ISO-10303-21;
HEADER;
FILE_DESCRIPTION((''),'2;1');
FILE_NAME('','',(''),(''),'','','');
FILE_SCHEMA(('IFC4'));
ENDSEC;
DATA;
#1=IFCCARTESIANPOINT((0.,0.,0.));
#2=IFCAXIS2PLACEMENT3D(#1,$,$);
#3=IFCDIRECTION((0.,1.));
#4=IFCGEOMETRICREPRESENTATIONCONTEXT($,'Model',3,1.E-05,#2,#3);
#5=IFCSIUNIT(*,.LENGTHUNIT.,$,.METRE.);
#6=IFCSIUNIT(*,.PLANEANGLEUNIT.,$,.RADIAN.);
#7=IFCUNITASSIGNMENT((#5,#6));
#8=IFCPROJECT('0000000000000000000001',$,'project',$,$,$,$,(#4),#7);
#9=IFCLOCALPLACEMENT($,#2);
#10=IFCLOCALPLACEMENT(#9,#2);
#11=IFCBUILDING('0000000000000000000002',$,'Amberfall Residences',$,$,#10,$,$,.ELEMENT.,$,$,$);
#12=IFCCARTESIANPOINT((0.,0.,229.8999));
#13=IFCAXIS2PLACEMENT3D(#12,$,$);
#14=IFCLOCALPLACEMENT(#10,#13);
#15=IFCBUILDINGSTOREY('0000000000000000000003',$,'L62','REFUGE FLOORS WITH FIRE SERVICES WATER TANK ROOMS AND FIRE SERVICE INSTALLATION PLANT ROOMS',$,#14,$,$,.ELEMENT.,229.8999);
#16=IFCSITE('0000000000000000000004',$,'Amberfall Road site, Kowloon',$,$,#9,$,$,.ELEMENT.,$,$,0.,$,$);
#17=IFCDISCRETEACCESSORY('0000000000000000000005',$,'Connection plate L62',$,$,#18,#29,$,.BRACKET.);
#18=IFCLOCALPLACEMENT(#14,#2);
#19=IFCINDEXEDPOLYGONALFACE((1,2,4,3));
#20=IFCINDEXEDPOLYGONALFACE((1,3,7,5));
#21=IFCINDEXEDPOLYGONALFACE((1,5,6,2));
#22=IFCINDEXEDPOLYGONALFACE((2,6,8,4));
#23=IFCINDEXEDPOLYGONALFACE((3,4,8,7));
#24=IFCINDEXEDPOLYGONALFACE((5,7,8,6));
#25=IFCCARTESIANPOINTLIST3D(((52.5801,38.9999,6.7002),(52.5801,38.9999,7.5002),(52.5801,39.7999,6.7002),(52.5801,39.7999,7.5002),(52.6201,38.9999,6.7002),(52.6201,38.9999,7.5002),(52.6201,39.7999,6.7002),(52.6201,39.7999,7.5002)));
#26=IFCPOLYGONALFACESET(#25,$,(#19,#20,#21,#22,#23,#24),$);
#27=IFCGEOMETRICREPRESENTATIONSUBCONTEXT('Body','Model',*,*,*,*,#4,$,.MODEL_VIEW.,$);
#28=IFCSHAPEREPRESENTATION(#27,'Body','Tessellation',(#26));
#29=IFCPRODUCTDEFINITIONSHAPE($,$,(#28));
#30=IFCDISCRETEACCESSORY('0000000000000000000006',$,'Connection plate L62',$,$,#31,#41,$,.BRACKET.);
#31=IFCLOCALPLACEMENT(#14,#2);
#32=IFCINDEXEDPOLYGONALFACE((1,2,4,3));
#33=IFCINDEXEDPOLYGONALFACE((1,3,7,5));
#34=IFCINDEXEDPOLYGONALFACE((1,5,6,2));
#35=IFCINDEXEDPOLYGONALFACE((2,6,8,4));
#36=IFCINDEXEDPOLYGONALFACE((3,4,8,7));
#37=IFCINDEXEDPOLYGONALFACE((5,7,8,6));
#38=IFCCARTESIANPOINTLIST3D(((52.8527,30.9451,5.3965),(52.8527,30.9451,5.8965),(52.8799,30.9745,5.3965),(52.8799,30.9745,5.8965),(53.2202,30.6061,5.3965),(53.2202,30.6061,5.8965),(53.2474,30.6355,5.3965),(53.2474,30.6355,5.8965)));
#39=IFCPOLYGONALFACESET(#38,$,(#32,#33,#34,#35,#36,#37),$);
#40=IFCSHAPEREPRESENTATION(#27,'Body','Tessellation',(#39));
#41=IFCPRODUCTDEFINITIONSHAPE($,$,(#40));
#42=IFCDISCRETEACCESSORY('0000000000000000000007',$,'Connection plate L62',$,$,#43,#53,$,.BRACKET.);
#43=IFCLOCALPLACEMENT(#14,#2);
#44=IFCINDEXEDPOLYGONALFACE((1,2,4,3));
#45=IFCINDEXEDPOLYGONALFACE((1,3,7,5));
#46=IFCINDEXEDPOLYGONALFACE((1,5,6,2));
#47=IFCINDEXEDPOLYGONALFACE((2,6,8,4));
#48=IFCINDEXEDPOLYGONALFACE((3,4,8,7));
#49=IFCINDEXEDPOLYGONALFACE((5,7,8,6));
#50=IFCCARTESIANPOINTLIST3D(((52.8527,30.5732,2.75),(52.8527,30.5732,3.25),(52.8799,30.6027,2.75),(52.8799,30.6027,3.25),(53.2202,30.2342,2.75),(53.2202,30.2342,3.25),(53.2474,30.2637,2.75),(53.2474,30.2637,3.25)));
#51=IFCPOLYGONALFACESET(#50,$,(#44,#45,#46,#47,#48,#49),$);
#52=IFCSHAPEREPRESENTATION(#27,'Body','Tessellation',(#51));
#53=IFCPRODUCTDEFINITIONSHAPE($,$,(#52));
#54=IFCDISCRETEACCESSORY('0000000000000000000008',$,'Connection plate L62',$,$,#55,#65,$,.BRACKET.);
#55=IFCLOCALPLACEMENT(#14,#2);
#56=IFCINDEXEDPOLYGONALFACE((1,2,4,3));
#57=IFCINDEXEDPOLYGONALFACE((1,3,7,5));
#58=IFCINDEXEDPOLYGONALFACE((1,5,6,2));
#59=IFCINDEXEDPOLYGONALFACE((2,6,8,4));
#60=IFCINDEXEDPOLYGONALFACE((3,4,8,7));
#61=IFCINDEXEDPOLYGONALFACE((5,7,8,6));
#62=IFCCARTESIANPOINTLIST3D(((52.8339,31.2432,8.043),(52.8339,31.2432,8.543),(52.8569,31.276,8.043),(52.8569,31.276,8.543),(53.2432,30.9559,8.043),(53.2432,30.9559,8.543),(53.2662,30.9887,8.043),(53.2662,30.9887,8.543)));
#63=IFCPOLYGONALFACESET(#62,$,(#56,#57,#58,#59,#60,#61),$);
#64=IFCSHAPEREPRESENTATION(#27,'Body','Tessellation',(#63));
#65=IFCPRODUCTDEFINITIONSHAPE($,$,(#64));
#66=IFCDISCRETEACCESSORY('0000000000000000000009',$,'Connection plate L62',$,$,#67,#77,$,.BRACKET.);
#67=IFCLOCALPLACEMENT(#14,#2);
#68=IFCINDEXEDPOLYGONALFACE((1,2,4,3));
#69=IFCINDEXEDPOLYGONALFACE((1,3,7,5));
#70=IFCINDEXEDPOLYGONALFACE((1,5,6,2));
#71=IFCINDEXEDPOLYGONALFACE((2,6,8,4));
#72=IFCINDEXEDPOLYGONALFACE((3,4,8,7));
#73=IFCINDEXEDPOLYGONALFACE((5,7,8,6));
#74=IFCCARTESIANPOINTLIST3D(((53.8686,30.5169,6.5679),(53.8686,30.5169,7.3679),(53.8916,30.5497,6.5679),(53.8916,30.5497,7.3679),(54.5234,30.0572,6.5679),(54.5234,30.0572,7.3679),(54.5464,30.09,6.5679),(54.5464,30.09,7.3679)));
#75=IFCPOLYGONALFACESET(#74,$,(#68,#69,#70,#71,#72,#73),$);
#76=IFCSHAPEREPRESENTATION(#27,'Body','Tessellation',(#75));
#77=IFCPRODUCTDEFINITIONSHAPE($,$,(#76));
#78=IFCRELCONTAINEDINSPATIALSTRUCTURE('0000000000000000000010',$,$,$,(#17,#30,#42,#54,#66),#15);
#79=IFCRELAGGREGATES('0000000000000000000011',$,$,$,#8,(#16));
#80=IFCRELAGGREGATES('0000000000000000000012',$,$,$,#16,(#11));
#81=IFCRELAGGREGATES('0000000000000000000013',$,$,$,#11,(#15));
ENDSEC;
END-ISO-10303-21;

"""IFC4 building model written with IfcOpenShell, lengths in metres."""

from ifc_helpers import new_model, si_unit, direction, frame, origin, origin_2d, place, context, subcontext, project, spatial, rectangle, extrude, element, save


model = new_model("IFC4")

# Units and contexts
model_context = context("Model", 3, precision=1e-05, world=origin(), true_north=direction((0.0, 1.0)))
body_context = subcontext(model_context, "Body", "Model", "MODEL_VIEW")
ifc_project = project(units=[si_unit("LENGTHUNIT", "METRE"), si_unit("PLANEANGLEUNIT", "RADIAN")], contexts=[model_context])

# Site, building, storey
site_placement = place(None, origin())
site = spatial("IfcSite", under=ifc_project, at=site_placement, Name="Amberfall Road site, Kowloon", CompositionType="ELEMENT", RefElevation=0.0)
building_placement = place(site_placement, origin())
building = spatial("IfcBuilding", under=site, at=building_placement, Name="Amberfall Residences", CompositionType="ELEMENT")
storey_placement = place(building_placement, frame((0.0, 0.0, 229.8999)))
storey = spatial("IfcBuildingStorey", under=building, at=storey_placement, Name="L62", Description="REFUGE FLOORS WITH FIRE SERVICES WATER TANK ROOMS AND FIRE SERVICE INSTALLATION PLANT ROOMS", CompositionType="ELEMENT", Elevation=229.8999)

# Discrete accessories
discrete_accessory_1_placement = place(storey_placement, frame((52.6001, 39.3999, 6.7002), z_axis=(0.0, 0.0, 1.0), x_axis=(0.0, 1.0, 0.0)))
element("IfcDiscreteAccessory", 1, at=discrete_accessory_1_placement, inside=storey, Name="Connection plate L62", PredefinedType="BRACKET", context=body_context, shape_type="SweptSolid", body=[
    extrude(rectangle(XDim=0.8, YDim=0.04, at=origin_2d()), origin(), (0.0, 0.0, 1.0), 0.8),
])
for number, where, z_axis, x_axis, name in (
    (2, (53.05, 30.7903, 5.3965), (0.0, 0.0, 1.0), (-0.735068, 0.677993, 0.0), "Connection plate L62"),
    (3, (53.05, 30.4185, 2.75), (0.0, 0.0, 1.0), (-0.735068, 0.677993, 0.0), "Connection plate L62"),
    (4, (53.05, 31.116, 8.043), (0.0, 0.0, 1.0), (-0.818441, 0.574591, 0.0), "Connection plate L62"),
):
    element("IfcDiscreteAccessory", number, at=place(storey_placement, frame(where, z_axis=z_axis, x_axis=x_axis)), inside=storey, Name=name, PredefinedType="BRACKET", context=body_context, shape_type="SweptSolid", body=[
        extrude(rectangle(XDim=0.5, YDim=0.04, at=origin_2d()), origin(), (0.0, 0.0, 1.0), 0.5),
    ])
discrete_accessory_2_placement = place(storey_placement, frame((54.2075, 30.3035, 6.5679), z_axis=(0.0, 0.0, 1.0), x_axis=(-0.818441, 0.574591, 0.0)))
element("IfcDiscreteAccessory", 5, at=discrete_accessory_2_placement, inside=storey, Name="Connection plate L62", PredefinedType="BRACKET", context=body_context, shape_type="SweptSolid", body=[
    extrude(rectangle(XDim=0.8, YDim=0.04, at=origin_2d()), origin(), (0.0, 0.0, 1.0), 0.8),
])

save(model, "model.ifc")
